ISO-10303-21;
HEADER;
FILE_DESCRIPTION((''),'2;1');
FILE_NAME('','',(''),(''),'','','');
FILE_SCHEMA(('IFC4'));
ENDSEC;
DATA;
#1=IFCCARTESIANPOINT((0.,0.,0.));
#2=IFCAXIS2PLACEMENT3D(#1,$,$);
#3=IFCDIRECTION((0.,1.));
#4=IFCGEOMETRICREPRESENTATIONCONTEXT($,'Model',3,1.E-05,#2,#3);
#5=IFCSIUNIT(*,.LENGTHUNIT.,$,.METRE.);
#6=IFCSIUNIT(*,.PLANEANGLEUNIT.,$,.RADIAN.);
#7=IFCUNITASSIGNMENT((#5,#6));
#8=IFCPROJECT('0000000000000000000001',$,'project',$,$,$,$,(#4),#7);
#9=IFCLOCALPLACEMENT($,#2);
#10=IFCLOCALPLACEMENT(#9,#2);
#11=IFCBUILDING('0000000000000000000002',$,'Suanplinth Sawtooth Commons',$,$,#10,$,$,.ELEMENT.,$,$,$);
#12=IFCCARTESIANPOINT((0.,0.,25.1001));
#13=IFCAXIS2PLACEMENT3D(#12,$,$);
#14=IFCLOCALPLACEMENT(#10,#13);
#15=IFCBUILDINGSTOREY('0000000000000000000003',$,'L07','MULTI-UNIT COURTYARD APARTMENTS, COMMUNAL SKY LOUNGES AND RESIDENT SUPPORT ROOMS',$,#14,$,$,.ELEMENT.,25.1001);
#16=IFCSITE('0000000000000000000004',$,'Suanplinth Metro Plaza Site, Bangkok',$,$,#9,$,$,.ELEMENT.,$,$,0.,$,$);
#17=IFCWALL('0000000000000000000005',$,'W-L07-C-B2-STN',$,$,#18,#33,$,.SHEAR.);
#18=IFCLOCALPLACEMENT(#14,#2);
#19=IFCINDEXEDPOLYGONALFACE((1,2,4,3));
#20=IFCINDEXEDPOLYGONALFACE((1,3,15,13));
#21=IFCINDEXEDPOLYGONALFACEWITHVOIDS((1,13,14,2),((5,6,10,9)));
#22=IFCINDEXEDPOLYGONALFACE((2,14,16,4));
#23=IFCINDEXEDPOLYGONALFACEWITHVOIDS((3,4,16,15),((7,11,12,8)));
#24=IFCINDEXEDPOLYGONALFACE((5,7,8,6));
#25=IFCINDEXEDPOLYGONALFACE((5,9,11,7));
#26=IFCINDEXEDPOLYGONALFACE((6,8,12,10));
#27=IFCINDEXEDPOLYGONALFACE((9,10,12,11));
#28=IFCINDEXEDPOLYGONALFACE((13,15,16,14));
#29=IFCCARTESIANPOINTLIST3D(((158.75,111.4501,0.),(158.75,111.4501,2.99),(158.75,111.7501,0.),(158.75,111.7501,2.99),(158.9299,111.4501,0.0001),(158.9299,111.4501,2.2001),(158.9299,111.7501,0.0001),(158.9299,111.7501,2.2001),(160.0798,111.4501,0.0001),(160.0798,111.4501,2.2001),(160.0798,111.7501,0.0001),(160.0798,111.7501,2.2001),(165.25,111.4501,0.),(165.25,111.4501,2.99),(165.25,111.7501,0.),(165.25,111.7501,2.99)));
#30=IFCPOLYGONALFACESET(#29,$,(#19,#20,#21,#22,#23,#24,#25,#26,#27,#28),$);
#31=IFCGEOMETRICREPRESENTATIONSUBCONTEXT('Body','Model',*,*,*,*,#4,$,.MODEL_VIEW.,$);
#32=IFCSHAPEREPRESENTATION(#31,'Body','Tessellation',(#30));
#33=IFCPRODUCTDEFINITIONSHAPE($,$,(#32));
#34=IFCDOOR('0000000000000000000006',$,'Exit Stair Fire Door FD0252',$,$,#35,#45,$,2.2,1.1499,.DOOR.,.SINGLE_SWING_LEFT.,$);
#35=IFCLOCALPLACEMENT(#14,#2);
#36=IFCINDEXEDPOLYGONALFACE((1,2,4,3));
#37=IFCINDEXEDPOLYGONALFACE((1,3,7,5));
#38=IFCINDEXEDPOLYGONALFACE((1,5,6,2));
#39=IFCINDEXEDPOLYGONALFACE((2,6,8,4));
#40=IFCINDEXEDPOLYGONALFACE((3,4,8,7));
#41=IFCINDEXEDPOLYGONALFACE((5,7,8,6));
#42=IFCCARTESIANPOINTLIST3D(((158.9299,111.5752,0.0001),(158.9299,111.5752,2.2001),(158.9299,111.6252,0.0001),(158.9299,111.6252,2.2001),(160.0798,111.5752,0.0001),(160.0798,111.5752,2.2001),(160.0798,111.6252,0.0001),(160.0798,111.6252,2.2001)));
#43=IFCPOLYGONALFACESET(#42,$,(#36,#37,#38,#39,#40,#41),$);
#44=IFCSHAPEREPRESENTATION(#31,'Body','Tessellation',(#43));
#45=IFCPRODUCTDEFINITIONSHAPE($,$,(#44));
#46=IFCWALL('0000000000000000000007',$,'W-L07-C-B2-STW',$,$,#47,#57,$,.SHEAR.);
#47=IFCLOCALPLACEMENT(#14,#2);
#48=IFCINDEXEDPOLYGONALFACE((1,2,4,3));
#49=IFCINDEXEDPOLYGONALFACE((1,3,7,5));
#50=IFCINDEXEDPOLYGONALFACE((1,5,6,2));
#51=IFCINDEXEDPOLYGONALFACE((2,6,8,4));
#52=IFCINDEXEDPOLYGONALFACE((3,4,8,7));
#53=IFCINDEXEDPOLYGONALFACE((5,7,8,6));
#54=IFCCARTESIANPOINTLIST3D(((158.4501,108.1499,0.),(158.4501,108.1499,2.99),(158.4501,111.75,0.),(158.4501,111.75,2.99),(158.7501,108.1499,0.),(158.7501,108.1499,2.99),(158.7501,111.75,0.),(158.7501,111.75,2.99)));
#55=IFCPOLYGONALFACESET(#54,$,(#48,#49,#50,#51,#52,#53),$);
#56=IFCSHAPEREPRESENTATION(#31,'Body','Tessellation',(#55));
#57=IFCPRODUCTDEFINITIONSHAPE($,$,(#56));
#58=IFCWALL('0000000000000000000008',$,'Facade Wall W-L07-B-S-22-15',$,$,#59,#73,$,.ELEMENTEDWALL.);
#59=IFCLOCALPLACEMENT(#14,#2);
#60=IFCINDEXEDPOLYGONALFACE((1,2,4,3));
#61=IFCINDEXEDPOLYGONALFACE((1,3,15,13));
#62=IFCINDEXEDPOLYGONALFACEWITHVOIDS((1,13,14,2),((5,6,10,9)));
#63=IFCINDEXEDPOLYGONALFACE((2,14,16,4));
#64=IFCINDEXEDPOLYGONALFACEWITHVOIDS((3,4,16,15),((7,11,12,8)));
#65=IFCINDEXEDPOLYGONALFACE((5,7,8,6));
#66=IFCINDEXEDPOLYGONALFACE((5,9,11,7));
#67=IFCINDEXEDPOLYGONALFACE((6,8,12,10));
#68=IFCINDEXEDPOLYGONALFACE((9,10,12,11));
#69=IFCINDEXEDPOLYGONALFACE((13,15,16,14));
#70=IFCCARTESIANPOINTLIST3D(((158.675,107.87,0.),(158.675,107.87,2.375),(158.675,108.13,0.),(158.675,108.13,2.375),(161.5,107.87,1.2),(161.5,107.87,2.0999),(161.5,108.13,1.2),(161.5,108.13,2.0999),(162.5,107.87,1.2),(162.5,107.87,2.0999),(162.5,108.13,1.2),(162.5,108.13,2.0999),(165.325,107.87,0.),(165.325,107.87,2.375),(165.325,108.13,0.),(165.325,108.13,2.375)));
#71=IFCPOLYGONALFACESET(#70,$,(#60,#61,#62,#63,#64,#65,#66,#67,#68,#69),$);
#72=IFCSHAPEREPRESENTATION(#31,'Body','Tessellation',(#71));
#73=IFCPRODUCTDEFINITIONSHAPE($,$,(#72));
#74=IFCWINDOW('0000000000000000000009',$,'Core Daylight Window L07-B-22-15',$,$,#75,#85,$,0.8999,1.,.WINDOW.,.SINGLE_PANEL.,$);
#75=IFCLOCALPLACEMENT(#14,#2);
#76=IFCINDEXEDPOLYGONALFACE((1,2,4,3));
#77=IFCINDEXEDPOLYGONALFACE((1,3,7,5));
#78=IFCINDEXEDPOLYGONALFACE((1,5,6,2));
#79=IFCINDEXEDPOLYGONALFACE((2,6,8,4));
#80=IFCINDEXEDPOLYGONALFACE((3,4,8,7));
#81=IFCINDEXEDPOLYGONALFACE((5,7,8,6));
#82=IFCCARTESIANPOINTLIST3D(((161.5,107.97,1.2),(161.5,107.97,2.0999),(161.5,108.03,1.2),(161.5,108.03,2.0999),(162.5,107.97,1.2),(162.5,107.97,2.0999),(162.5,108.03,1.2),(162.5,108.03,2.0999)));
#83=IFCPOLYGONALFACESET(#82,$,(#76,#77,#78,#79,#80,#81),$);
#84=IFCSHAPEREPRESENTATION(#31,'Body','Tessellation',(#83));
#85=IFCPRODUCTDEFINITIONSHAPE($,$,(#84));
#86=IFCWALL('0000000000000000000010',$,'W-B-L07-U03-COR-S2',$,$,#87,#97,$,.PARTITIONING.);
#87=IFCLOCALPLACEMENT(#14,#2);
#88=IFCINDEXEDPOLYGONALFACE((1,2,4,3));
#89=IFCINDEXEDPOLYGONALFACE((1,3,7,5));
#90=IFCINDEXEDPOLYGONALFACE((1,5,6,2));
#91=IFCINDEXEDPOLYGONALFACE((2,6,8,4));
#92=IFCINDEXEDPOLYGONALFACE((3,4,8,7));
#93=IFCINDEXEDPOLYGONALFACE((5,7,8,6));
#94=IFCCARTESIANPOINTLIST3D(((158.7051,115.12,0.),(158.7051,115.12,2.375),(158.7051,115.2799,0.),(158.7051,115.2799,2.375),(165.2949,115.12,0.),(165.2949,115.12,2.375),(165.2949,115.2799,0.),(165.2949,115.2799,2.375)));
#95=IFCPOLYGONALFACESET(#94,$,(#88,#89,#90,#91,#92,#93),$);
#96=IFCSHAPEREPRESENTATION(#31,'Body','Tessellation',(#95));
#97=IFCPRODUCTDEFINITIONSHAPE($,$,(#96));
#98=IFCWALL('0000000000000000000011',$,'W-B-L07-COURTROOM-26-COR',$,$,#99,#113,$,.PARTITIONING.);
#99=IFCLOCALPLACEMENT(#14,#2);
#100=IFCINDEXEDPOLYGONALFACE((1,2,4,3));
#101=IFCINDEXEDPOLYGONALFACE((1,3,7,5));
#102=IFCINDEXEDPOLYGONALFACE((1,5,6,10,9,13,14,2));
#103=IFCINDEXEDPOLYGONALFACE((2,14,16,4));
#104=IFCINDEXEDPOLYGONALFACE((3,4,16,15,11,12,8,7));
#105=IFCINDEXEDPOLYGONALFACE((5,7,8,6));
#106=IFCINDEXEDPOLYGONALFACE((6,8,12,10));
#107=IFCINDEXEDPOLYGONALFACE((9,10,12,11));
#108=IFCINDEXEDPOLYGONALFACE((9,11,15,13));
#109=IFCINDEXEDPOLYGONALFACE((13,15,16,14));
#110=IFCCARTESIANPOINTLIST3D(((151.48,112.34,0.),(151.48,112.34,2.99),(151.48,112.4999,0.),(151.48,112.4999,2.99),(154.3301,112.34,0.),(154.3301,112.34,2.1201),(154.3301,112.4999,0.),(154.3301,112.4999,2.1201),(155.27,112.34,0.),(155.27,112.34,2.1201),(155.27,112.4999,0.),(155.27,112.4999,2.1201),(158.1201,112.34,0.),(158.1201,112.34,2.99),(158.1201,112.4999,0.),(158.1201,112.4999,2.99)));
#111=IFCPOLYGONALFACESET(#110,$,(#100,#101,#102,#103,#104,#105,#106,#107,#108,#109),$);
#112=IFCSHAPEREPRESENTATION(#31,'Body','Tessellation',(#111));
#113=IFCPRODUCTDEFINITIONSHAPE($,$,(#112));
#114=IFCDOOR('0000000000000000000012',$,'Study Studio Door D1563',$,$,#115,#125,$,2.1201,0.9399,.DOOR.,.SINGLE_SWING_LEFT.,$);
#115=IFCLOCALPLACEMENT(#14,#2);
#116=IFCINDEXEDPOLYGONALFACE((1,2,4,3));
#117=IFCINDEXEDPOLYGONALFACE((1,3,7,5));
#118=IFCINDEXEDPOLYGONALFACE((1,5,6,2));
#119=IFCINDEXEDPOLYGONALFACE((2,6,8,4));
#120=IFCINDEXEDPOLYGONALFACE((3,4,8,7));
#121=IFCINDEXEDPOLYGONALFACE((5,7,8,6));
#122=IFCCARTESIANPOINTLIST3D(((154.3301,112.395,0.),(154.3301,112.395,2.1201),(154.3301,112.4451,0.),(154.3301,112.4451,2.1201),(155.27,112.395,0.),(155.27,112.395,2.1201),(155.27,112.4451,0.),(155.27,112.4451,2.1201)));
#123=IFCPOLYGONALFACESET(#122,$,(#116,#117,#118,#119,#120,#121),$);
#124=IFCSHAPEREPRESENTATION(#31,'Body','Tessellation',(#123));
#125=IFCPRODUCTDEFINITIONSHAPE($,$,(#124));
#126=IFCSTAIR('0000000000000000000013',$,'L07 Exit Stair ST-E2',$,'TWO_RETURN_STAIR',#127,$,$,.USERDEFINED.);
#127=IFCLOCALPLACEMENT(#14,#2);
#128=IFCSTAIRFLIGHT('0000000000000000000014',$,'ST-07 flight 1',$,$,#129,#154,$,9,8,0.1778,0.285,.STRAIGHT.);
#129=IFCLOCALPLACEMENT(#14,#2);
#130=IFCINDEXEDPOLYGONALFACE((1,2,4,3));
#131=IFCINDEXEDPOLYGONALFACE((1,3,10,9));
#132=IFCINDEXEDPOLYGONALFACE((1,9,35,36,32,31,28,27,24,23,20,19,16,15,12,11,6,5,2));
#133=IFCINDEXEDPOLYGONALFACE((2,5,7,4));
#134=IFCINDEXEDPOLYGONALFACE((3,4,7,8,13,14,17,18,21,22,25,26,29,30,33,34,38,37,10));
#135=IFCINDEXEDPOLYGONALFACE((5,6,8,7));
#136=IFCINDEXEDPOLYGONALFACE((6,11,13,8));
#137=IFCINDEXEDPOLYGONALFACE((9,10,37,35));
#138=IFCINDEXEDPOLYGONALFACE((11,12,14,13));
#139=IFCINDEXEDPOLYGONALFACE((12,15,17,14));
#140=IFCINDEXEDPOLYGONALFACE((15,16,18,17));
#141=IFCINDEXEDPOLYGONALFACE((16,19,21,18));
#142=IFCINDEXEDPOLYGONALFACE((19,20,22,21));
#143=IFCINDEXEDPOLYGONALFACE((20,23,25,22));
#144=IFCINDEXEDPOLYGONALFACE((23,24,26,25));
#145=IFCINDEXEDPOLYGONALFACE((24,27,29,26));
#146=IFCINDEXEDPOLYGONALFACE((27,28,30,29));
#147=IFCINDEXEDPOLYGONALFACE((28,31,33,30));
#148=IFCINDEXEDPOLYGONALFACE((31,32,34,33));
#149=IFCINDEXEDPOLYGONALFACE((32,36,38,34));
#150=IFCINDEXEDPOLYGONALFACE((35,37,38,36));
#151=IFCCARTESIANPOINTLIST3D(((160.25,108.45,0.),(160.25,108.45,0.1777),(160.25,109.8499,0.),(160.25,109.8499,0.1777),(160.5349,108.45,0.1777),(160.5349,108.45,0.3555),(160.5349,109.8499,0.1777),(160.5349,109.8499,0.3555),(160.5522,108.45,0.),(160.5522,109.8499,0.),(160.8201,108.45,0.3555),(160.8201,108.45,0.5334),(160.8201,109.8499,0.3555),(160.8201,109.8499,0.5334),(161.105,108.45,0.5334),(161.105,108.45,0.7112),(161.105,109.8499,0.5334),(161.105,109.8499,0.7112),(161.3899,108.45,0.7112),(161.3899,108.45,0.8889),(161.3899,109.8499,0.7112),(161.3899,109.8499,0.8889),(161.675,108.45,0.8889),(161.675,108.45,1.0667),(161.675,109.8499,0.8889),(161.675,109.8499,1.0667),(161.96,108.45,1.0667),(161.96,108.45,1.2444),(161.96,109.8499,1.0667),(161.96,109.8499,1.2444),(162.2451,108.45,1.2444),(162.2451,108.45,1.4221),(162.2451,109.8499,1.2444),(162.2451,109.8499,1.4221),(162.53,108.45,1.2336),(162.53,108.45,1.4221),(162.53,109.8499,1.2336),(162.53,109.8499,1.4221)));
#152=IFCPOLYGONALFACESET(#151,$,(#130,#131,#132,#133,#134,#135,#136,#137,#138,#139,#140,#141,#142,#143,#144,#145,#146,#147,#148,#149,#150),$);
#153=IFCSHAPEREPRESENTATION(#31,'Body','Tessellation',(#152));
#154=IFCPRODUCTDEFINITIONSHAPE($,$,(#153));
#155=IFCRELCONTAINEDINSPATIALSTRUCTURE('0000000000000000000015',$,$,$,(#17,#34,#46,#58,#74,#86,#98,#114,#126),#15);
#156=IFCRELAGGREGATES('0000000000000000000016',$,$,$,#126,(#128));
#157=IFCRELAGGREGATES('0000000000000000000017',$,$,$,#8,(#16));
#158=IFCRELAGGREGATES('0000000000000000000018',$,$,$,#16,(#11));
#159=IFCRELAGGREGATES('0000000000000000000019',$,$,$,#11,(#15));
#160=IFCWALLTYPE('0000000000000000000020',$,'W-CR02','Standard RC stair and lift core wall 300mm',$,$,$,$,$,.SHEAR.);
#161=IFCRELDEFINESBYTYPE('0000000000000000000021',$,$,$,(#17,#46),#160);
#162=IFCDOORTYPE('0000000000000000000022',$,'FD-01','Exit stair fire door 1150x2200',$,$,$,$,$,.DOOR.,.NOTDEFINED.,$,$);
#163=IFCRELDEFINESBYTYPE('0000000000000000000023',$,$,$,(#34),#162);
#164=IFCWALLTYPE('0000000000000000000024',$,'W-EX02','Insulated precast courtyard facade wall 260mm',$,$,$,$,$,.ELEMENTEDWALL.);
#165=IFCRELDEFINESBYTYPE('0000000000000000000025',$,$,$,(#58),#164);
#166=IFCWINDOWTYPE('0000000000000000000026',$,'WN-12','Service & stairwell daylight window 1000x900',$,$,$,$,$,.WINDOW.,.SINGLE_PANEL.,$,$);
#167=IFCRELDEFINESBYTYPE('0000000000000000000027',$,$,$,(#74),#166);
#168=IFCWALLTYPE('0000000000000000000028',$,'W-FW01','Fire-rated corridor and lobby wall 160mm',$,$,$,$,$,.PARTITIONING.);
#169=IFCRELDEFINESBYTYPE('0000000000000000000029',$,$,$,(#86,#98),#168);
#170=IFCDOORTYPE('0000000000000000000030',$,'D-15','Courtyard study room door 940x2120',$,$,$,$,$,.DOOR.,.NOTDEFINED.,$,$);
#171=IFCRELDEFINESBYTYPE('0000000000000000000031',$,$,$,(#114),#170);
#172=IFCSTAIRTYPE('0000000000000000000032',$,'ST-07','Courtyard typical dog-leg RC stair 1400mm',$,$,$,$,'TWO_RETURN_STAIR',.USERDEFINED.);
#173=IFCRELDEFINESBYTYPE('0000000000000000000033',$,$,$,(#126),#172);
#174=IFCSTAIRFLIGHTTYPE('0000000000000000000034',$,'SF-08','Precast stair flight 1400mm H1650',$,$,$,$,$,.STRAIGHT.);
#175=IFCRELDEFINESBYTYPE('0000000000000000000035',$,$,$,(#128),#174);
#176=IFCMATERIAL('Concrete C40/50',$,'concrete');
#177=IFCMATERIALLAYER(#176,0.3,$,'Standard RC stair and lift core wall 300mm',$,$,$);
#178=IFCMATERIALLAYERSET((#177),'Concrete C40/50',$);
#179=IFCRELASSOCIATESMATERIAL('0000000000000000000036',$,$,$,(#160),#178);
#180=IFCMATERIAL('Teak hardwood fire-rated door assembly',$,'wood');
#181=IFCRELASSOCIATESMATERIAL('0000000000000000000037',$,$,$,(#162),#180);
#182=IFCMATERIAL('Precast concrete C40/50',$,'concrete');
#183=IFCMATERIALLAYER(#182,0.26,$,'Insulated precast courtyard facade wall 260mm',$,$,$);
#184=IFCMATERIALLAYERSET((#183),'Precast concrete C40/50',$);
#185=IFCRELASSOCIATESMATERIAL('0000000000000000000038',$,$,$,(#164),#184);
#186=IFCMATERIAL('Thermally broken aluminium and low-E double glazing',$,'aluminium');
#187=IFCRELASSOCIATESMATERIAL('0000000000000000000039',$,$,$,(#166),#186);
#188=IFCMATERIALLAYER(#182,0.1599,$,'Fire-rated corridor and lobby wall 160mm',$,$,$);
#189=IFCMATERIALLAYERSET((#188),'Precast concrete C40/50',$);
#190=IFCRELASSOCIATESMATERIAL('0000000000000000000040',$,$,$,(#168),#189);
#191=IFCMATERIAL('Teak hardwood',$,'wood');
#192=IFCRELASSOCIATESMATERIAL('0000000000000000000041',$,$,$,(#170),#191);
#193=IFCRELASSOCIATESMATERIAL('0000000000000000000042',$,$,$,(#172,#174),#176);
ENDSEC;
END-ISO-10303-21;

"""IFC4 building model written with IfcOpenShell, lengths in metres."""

from ifc_helpers import new_model, si_unit, direction, frame, frame_2d, origin, place, context, subcontext, project, spatial, polyline, rectangle, outline, extrude, material, layer, layer_set, type_object, element, fill, aggregate, save


model = new_model("IFC4")

# Units and contexts
model_context = context("Model", 3, precision=1e-05, world=origin(), true_north=direction((0.0, 1.0)))
body_context = subcontext(model_context, "Body", "Model", "MODEL_VIEW")
ifc_project = project(units=[si_unit("LENGTHUNIT", "METRE"), si_unit("PLANEANGLEUNIT", "RADIAN")], contexts=[model_context])

# Site, building, storey
site_placement = place(None, origin())
site = spatial("IfcSite", under=ifc_project, at=site_placement, Name="Suanplinth Metro Plaza Site, Bangkok", CompositionType="ELEMENT", RefElevation=0.0)
building_placement = place(site_placement, origin())
building = spatial("IfcBuilding", under=site, at=building_placement, Name="Suanplinth Sawtooth Commons", CompositionType="ELEMENT")
storey_placement = place(building_placement, frame((0.0, 0.0, 25.1001)))
storey = spatial("IfcBuildingStorey", under=building, at=storey_placement, Name="L07", Description="MULTI-UNIT COURTYARD APARTMENTS, COMMUNAL SKY LOUNGES AND RESIDENT SUPPORT ROOMS", CompositionType="ELEMENT", Elevation=25.1001)

# Shared definitions
ifc_material_1 = material(Name="Precast concrete C40/50", Category="concrete")

# Shared definitions
ifc_material_2 = material(Name="Concrete C40/50", Category="concrete")
ifc_layer_1 = layer(ifc_material_2, 0.3, Name="Standard RC stair and lift core wall 300mm")
ifc_layer_set_1 = layer_set([ifc_layer_1], Name="Concrete C40/50")
wall_type_1 = type_object("IfcWallType", Name="W-CR02", Description="Standard RC stair and lift core wall 300mm", PredefinedType="SHEAR", material=ifc_layer_set_1)

# Wall, opening, door
wall_1_placement = place(storey_placement, frame((158.75, 111.6001, 0.0), z_axis=(0.0, 0.0, 1.0), x_axis=(1.0, 0.0, 0.0)))
wall_1 = element("IfcWall", 1, at=wall_1_placement, inside=storey, type_object=wall_type_1, Name="W-L07-C-B2-STN", PredefinedType="SHEAR", context=body_context, shape_type="SweptSolid", body=[
    extrude(rectangle(XDim=6.5, YDim=0.3, at=frame_2d((3.25, 0.0))), origin(), (0.0, 0.0, 1.0), 2.99),
])
opening_1_placement = place(wall_1_placement, frame((0.1799, 0.0, 0.0)))
opening_1 = element("IfcOpeningElement", 2, at=opening_1_placement, cuts=wall_1, PredefinedType="OPENING", context=body_context, shape_type="SweptSolid", body=[
    extrude(rectangle(XDim=1.1499, YDim=2.2, at=frame_2d((0.575, 1.1001))), frame((0.0, 0.165, 0.0), z_axis=(0.0, -1.0, 0.0), x_axis=(1.0, 0.0, 0.0)), (0.0, 0.0, 1.0), 0.3298),
])
ifc_material_3 = material(Name="Teak hardwood fire-rated door assembly", Category="wood")
door_type_1 = type_object("IfcDoorType", Name="FD-01", Description="Exit stair fire door 1150x2200", OperationType="NOTDEFINED", PredefinedType="DOOR", material=ifc_material_3)
door_1_placement = place(opening_1_placement, frame((1.1499, 0.0, 0.0), z_axis=(0.0, 0.0, 1.0), x_axis=(-1.0, 0.0, 0.0)))
door_1 = element("IfcDoor", 3, at=door_1_placement, inside=storey, type_object=door_type_1, Name="Exit Stair Fire Door FD0252", OperationType="SINGLE_SWING_LEFT", OverallHeight=2.2, OverallWidth=1.1499, PredefinedType="DOOR", context=body_context, shape_type="SweptSolid", body=[
    extrude(rectangle(XDim=1.1499, YDim=2.2, at=frame_2d((0.575, 1.1001))), frame((0.0, 0.0249, 0.0), z_axis=(0.0, -1.0, 0.0), x_axis=(1.0, 0.0, 0.0)), (0.0, 0.0, 1.0), 0.05),
])
fill(opening_1, door_1)

# Wall
wall_2_placement = place(storey_placement, frame((158.6001, 108.1499, 0.0), z_axis=(0.0, 0.0, 1.0), x_axis=(0.0, 1.0, 0.0)))
element("IfcWall", 4, at=wall_2_placement, inside=storey, type_object=wall_type_1, Name="W-L07-C-B2-STW", PredefinedType="SHEAR", context=body_context, shape_type="SweptSolid", body=[
    extrude(rectangle(XDim=3.6001, YDim=0.3, at=frame_2d((1.8, 0.0))), origin(), (0.0, 0.0, 1.0), 2.99),
])

# Shared definitions
ifc_layer_2 = layer(ifc_material_1, 0.26, Name="Insulated precast courtyard facade wall 260mm")
ifc_layer_set_2 = layer_set([ifc_layer_2], Name="Precast concrete C40/50")
wall_type_2 = type_object("IfcWallType", Name="W-EX02", Description="Insulated precast courtyard facade wall 260mm", PredefinedType="ELEMENTEDWALL", material=ifc_layer_set_2)
ifc_material_4 = material(Name="Thermally broken aluminium and low-E double glazing", Category="aluminium")

# Wall, opening, window
wall_3_placement = place(storey_placement, frame((158.675, 108.0, 0.0), z_axis=(0.0, 0.0, 1.0), x_axis=(1.0, 0.0, 0.0)))
wall_3 = element("IfcWall", 5, at=wall_3_placement, inside=storey, type_object=wall_type_2, Name="Facade Wall W-L07-B-S-22-15", PredefinedType="ELEMENTEDWALL", context=body_context, shape_type="SweptSolid", body=[
    extrude(rectangle(XDim=6.6499, YDim=0.26, at=frame_2d((3.325, 0.0))), origin(), (0.0, 0.0, 1.0), 2.375),
])
opening_2_placement = place(wall_3_placement, frame((2.825, 0.0, 1.2)))
opening_2 = element("IfcOpeningElement", 6, at=opening_2_placement, cuts=wall_3, PredefinedType="OPENING", context=body_context, shape_type="SweptSolid", body=[
    extrude(rectangle(XDim=1.0, YDim=0.8999, at=frame_2d((0.5, 0.45))), frame((0.0, 0.145, 0.0), z_axis=(0.0, -1.0, 0.0), x_axis=(1.0, 0.0, 0.0)), (0.0, 0.0, 1.0), 0.2898),
])
window_type_1 = type_object("IfcWindowType", Name="WN-12", Description="Service & stairwell daylight window 1000x900", PartitioningType="SINGLE_PANEL", PredefinedType="WINDOW", material=ifc_material_4)
window_1_placement = place(opening_2_placement, origin())
window_1 = element("IfcWindow", 7, at=window_1_placement, inside=storey, type_object=window_type_1, Name="Core Daylight Window L07-B-22-15", OverallHeight=0.8999, OverallWidth=1.0, PartitioningType="SINGLE_PANEL", PredefinedType="WINDOW", context=body_context, shape_type="SweptSolid", body=[
    extrude(rectangle(XDim=1.0, YDim=0.8999, at=frame_2d((0.5, 0.45))), frame((0.0, 0.03, 0.0), z_axis=(0.0, -1.0, 0.0), x_axis=(1.0, 0.0, 0.0)), (0.0, 0.0, 1.0), 0.0601),
])
fill(opening_2, window_1)

# Shared definitions
ifc_layer_3 = layer(ifc_material_1, 0.1599, Name="Fire-rated corridor and lobby wall 160mm")
ifc_layer_set_3 = layer_set([ifc_layer_3], Name="Precast concrete C40/50")
wall_type_3 = type_object("IfcWallType", Name="W-FW01", Description="Fire-rated corridor and lobby wall 160mm", PredefinedType="PARTITIONING", material=ifc_layer_set_3)

# Wall
wall_4_placement = place(storey_placement, frame((158.7051, 115.2, 0.0), z_axis=(0.0, 0.0, 1.0), x_axis=(1.0, 0.0, 0.0)))
element("IfcWall", 8, at=wall_4_placement, inside=storey, type_object=wall_type_3, Name="W-B-L07-U03-COR-S2", PredefinedType="PARTITIONING", context=body_context, shape_type="SweptSolid", body=[
    extrude(rectangle(XDim=6.5898, YDim=0.1599, at=frame_2d((3.2949, 0.0))), origin(), (0.0, 0.0, 1.0), 2.375),
])

# Wall, opening, door
wall_5_placement = place(storey_placement, frame((151.48, 112.4199, 0.0), z_axis=(0.0, 0.0, 1.0), x_axis=(1.0, 0.0, 0.0)))
wall_5 = element("IfcWall", 9, at=wall_5_placement, inside=storey, type_object=wall_type_3, Name="W-B-L07-COURTROOM-26-COR", PredefinedType="PARTITIONING", context=body_context, shape_type="SweptSolid", body=[
    extrude(rectangle(XDim=6.6401, YDim=0.1599, at=frame_2d((3.3201, 0.0))), origin(), (0.0, 0.0, 1.0), 2.99),
])
opening_3_placement = place(wall_5_placement, frame((2.8501, 0.0, 0.0)))
opening_3 = element("IfcOpeningElement", 10, at=opening_3_placement, cuts=wall_5, PredefinedType="OPENING", context=body_context, shape_type="SweptSolid", body=[
    extrude(rectangle(XDim=0.9399, YDim=2.1201, at=frame_2d((0.47, 1.0601))), frame((0.0, 0.0947, 0.0), z_axis=(0.0, -1.0, 0.0), x_axis=(1.0, 0.0, 0.0)), (0.0, 0.0, 1.0), 0.1897),
])
ifc_material_5 = material(Name="Teak hardwood", Category="wood")
door_type_2 = type_object("IfcDoorType", Name="D-15", Description="Courtyard study room door 940x2120", OperationType="NOTDEFINED", PredefinedType="DOOR", material=ifc_material_5)
door_2_placement = place(opening_3_placement, frame((0.9399, 0.0, 0.0), z_axis=(0.0, 0.0, 1.0), x_axis=(-1.0, 0.0, 0.0)))
door_2 = element("IfcDoor", 11, at=door_2_placement, inside=storey, type_object=door_type_2, Name="Study Studio Door D1563", OperationType="SINGLE_SWING_LEFT", OverallHeight=2.1201, OverallWidth=0.9399, PredefinedType="DOOR", context=body_context, shape_type="SweptSolid", body=[
    extrude(rectangle(XDim=0.9399, YDim=2.1201, at=frame_2d((0.47, 1.0601))), frame((0.0, 0.0249, 0.0), z_axis=(0.0, -1.0, 0.0), x_axis=(1.0, 0.0, 0.0)), (0.0, 0.0, 1.0), 0.05),
])
fill(opening_3, door_2)

# Stair, stair flight
stair_type = type_object("IfcStairType", Name="ST-07", Description="Courtyard typical dog-leg RC stair 1400mm", ElementType="TWO_RETURN_STAIR", PredefinedType="USERDEFINED", material=ifc_material_2)
stair_placement = place(storey_placement, origin())
stair = element("IfcStair", 12, at=stair_placement, inside=storey, type_object=stair_type, Name="L07 Exit Stair ST-E2", ObjectType="TWO_RETURN_STAIR", PredefinedType="USERDEFINED")
stair_flight_type = type_object("IfcStairFlightType", Name="SF-08", Description="Precast stair flight 1400mm H1650", PredefinedType="STRAIGHT", material=ifc_material_2)
stair_flight_placement = place(storey_placement, frame((160.25, 109.1499, 0.0), z_axis=(0.0, 0.0, 1.0), x_axis=(1.0, 0.0, 0.0)))
stair_flight = element("IfcStairFlight", 13, at=stair_flight_placement, type_object=stair_flight_type, Name="ST-07 flight 1", NumberOfRisers=9, NumberOfTreads=8, PredefinedType="STRAIGHT", RiserHeight=0.1778, TreadLength=0.285, context=body_context, shape_type="SweptSolid", body=[
    extrude(outline(polyline([(0.0, 0.0), (0.0, 0.1777), (0.2849, 0.1777), (0.2849, 0.3555), (0.5701, 0.3555), (0.5701, 0.5334), (0.855, 0.5334), (0.855, 0.7112), (1.1399, 0.7112), (1.1399, 0.8889), (1.425, 0.8889), (1.425, 1.0667), (1.71, 1.0667), (1.71, 1.2444), (1.9951, 1.2444), (1.9951, 1.4221), (2.28, 1.4221), (2.28, 1.6001), (2.28, 1.2336), (0.3022, 0.0), (0.0, 0.0)])), frame((0.0, 0.7, 0.0), z_axis=(0.0, -1.0, 0.0), x_axis=(1.0, 0.0, 0.0)), (0.0, 0.0, 1.0), 1.3999),
])
aggregate(stair, [stair_flight])

save(model, "model.ifc")
